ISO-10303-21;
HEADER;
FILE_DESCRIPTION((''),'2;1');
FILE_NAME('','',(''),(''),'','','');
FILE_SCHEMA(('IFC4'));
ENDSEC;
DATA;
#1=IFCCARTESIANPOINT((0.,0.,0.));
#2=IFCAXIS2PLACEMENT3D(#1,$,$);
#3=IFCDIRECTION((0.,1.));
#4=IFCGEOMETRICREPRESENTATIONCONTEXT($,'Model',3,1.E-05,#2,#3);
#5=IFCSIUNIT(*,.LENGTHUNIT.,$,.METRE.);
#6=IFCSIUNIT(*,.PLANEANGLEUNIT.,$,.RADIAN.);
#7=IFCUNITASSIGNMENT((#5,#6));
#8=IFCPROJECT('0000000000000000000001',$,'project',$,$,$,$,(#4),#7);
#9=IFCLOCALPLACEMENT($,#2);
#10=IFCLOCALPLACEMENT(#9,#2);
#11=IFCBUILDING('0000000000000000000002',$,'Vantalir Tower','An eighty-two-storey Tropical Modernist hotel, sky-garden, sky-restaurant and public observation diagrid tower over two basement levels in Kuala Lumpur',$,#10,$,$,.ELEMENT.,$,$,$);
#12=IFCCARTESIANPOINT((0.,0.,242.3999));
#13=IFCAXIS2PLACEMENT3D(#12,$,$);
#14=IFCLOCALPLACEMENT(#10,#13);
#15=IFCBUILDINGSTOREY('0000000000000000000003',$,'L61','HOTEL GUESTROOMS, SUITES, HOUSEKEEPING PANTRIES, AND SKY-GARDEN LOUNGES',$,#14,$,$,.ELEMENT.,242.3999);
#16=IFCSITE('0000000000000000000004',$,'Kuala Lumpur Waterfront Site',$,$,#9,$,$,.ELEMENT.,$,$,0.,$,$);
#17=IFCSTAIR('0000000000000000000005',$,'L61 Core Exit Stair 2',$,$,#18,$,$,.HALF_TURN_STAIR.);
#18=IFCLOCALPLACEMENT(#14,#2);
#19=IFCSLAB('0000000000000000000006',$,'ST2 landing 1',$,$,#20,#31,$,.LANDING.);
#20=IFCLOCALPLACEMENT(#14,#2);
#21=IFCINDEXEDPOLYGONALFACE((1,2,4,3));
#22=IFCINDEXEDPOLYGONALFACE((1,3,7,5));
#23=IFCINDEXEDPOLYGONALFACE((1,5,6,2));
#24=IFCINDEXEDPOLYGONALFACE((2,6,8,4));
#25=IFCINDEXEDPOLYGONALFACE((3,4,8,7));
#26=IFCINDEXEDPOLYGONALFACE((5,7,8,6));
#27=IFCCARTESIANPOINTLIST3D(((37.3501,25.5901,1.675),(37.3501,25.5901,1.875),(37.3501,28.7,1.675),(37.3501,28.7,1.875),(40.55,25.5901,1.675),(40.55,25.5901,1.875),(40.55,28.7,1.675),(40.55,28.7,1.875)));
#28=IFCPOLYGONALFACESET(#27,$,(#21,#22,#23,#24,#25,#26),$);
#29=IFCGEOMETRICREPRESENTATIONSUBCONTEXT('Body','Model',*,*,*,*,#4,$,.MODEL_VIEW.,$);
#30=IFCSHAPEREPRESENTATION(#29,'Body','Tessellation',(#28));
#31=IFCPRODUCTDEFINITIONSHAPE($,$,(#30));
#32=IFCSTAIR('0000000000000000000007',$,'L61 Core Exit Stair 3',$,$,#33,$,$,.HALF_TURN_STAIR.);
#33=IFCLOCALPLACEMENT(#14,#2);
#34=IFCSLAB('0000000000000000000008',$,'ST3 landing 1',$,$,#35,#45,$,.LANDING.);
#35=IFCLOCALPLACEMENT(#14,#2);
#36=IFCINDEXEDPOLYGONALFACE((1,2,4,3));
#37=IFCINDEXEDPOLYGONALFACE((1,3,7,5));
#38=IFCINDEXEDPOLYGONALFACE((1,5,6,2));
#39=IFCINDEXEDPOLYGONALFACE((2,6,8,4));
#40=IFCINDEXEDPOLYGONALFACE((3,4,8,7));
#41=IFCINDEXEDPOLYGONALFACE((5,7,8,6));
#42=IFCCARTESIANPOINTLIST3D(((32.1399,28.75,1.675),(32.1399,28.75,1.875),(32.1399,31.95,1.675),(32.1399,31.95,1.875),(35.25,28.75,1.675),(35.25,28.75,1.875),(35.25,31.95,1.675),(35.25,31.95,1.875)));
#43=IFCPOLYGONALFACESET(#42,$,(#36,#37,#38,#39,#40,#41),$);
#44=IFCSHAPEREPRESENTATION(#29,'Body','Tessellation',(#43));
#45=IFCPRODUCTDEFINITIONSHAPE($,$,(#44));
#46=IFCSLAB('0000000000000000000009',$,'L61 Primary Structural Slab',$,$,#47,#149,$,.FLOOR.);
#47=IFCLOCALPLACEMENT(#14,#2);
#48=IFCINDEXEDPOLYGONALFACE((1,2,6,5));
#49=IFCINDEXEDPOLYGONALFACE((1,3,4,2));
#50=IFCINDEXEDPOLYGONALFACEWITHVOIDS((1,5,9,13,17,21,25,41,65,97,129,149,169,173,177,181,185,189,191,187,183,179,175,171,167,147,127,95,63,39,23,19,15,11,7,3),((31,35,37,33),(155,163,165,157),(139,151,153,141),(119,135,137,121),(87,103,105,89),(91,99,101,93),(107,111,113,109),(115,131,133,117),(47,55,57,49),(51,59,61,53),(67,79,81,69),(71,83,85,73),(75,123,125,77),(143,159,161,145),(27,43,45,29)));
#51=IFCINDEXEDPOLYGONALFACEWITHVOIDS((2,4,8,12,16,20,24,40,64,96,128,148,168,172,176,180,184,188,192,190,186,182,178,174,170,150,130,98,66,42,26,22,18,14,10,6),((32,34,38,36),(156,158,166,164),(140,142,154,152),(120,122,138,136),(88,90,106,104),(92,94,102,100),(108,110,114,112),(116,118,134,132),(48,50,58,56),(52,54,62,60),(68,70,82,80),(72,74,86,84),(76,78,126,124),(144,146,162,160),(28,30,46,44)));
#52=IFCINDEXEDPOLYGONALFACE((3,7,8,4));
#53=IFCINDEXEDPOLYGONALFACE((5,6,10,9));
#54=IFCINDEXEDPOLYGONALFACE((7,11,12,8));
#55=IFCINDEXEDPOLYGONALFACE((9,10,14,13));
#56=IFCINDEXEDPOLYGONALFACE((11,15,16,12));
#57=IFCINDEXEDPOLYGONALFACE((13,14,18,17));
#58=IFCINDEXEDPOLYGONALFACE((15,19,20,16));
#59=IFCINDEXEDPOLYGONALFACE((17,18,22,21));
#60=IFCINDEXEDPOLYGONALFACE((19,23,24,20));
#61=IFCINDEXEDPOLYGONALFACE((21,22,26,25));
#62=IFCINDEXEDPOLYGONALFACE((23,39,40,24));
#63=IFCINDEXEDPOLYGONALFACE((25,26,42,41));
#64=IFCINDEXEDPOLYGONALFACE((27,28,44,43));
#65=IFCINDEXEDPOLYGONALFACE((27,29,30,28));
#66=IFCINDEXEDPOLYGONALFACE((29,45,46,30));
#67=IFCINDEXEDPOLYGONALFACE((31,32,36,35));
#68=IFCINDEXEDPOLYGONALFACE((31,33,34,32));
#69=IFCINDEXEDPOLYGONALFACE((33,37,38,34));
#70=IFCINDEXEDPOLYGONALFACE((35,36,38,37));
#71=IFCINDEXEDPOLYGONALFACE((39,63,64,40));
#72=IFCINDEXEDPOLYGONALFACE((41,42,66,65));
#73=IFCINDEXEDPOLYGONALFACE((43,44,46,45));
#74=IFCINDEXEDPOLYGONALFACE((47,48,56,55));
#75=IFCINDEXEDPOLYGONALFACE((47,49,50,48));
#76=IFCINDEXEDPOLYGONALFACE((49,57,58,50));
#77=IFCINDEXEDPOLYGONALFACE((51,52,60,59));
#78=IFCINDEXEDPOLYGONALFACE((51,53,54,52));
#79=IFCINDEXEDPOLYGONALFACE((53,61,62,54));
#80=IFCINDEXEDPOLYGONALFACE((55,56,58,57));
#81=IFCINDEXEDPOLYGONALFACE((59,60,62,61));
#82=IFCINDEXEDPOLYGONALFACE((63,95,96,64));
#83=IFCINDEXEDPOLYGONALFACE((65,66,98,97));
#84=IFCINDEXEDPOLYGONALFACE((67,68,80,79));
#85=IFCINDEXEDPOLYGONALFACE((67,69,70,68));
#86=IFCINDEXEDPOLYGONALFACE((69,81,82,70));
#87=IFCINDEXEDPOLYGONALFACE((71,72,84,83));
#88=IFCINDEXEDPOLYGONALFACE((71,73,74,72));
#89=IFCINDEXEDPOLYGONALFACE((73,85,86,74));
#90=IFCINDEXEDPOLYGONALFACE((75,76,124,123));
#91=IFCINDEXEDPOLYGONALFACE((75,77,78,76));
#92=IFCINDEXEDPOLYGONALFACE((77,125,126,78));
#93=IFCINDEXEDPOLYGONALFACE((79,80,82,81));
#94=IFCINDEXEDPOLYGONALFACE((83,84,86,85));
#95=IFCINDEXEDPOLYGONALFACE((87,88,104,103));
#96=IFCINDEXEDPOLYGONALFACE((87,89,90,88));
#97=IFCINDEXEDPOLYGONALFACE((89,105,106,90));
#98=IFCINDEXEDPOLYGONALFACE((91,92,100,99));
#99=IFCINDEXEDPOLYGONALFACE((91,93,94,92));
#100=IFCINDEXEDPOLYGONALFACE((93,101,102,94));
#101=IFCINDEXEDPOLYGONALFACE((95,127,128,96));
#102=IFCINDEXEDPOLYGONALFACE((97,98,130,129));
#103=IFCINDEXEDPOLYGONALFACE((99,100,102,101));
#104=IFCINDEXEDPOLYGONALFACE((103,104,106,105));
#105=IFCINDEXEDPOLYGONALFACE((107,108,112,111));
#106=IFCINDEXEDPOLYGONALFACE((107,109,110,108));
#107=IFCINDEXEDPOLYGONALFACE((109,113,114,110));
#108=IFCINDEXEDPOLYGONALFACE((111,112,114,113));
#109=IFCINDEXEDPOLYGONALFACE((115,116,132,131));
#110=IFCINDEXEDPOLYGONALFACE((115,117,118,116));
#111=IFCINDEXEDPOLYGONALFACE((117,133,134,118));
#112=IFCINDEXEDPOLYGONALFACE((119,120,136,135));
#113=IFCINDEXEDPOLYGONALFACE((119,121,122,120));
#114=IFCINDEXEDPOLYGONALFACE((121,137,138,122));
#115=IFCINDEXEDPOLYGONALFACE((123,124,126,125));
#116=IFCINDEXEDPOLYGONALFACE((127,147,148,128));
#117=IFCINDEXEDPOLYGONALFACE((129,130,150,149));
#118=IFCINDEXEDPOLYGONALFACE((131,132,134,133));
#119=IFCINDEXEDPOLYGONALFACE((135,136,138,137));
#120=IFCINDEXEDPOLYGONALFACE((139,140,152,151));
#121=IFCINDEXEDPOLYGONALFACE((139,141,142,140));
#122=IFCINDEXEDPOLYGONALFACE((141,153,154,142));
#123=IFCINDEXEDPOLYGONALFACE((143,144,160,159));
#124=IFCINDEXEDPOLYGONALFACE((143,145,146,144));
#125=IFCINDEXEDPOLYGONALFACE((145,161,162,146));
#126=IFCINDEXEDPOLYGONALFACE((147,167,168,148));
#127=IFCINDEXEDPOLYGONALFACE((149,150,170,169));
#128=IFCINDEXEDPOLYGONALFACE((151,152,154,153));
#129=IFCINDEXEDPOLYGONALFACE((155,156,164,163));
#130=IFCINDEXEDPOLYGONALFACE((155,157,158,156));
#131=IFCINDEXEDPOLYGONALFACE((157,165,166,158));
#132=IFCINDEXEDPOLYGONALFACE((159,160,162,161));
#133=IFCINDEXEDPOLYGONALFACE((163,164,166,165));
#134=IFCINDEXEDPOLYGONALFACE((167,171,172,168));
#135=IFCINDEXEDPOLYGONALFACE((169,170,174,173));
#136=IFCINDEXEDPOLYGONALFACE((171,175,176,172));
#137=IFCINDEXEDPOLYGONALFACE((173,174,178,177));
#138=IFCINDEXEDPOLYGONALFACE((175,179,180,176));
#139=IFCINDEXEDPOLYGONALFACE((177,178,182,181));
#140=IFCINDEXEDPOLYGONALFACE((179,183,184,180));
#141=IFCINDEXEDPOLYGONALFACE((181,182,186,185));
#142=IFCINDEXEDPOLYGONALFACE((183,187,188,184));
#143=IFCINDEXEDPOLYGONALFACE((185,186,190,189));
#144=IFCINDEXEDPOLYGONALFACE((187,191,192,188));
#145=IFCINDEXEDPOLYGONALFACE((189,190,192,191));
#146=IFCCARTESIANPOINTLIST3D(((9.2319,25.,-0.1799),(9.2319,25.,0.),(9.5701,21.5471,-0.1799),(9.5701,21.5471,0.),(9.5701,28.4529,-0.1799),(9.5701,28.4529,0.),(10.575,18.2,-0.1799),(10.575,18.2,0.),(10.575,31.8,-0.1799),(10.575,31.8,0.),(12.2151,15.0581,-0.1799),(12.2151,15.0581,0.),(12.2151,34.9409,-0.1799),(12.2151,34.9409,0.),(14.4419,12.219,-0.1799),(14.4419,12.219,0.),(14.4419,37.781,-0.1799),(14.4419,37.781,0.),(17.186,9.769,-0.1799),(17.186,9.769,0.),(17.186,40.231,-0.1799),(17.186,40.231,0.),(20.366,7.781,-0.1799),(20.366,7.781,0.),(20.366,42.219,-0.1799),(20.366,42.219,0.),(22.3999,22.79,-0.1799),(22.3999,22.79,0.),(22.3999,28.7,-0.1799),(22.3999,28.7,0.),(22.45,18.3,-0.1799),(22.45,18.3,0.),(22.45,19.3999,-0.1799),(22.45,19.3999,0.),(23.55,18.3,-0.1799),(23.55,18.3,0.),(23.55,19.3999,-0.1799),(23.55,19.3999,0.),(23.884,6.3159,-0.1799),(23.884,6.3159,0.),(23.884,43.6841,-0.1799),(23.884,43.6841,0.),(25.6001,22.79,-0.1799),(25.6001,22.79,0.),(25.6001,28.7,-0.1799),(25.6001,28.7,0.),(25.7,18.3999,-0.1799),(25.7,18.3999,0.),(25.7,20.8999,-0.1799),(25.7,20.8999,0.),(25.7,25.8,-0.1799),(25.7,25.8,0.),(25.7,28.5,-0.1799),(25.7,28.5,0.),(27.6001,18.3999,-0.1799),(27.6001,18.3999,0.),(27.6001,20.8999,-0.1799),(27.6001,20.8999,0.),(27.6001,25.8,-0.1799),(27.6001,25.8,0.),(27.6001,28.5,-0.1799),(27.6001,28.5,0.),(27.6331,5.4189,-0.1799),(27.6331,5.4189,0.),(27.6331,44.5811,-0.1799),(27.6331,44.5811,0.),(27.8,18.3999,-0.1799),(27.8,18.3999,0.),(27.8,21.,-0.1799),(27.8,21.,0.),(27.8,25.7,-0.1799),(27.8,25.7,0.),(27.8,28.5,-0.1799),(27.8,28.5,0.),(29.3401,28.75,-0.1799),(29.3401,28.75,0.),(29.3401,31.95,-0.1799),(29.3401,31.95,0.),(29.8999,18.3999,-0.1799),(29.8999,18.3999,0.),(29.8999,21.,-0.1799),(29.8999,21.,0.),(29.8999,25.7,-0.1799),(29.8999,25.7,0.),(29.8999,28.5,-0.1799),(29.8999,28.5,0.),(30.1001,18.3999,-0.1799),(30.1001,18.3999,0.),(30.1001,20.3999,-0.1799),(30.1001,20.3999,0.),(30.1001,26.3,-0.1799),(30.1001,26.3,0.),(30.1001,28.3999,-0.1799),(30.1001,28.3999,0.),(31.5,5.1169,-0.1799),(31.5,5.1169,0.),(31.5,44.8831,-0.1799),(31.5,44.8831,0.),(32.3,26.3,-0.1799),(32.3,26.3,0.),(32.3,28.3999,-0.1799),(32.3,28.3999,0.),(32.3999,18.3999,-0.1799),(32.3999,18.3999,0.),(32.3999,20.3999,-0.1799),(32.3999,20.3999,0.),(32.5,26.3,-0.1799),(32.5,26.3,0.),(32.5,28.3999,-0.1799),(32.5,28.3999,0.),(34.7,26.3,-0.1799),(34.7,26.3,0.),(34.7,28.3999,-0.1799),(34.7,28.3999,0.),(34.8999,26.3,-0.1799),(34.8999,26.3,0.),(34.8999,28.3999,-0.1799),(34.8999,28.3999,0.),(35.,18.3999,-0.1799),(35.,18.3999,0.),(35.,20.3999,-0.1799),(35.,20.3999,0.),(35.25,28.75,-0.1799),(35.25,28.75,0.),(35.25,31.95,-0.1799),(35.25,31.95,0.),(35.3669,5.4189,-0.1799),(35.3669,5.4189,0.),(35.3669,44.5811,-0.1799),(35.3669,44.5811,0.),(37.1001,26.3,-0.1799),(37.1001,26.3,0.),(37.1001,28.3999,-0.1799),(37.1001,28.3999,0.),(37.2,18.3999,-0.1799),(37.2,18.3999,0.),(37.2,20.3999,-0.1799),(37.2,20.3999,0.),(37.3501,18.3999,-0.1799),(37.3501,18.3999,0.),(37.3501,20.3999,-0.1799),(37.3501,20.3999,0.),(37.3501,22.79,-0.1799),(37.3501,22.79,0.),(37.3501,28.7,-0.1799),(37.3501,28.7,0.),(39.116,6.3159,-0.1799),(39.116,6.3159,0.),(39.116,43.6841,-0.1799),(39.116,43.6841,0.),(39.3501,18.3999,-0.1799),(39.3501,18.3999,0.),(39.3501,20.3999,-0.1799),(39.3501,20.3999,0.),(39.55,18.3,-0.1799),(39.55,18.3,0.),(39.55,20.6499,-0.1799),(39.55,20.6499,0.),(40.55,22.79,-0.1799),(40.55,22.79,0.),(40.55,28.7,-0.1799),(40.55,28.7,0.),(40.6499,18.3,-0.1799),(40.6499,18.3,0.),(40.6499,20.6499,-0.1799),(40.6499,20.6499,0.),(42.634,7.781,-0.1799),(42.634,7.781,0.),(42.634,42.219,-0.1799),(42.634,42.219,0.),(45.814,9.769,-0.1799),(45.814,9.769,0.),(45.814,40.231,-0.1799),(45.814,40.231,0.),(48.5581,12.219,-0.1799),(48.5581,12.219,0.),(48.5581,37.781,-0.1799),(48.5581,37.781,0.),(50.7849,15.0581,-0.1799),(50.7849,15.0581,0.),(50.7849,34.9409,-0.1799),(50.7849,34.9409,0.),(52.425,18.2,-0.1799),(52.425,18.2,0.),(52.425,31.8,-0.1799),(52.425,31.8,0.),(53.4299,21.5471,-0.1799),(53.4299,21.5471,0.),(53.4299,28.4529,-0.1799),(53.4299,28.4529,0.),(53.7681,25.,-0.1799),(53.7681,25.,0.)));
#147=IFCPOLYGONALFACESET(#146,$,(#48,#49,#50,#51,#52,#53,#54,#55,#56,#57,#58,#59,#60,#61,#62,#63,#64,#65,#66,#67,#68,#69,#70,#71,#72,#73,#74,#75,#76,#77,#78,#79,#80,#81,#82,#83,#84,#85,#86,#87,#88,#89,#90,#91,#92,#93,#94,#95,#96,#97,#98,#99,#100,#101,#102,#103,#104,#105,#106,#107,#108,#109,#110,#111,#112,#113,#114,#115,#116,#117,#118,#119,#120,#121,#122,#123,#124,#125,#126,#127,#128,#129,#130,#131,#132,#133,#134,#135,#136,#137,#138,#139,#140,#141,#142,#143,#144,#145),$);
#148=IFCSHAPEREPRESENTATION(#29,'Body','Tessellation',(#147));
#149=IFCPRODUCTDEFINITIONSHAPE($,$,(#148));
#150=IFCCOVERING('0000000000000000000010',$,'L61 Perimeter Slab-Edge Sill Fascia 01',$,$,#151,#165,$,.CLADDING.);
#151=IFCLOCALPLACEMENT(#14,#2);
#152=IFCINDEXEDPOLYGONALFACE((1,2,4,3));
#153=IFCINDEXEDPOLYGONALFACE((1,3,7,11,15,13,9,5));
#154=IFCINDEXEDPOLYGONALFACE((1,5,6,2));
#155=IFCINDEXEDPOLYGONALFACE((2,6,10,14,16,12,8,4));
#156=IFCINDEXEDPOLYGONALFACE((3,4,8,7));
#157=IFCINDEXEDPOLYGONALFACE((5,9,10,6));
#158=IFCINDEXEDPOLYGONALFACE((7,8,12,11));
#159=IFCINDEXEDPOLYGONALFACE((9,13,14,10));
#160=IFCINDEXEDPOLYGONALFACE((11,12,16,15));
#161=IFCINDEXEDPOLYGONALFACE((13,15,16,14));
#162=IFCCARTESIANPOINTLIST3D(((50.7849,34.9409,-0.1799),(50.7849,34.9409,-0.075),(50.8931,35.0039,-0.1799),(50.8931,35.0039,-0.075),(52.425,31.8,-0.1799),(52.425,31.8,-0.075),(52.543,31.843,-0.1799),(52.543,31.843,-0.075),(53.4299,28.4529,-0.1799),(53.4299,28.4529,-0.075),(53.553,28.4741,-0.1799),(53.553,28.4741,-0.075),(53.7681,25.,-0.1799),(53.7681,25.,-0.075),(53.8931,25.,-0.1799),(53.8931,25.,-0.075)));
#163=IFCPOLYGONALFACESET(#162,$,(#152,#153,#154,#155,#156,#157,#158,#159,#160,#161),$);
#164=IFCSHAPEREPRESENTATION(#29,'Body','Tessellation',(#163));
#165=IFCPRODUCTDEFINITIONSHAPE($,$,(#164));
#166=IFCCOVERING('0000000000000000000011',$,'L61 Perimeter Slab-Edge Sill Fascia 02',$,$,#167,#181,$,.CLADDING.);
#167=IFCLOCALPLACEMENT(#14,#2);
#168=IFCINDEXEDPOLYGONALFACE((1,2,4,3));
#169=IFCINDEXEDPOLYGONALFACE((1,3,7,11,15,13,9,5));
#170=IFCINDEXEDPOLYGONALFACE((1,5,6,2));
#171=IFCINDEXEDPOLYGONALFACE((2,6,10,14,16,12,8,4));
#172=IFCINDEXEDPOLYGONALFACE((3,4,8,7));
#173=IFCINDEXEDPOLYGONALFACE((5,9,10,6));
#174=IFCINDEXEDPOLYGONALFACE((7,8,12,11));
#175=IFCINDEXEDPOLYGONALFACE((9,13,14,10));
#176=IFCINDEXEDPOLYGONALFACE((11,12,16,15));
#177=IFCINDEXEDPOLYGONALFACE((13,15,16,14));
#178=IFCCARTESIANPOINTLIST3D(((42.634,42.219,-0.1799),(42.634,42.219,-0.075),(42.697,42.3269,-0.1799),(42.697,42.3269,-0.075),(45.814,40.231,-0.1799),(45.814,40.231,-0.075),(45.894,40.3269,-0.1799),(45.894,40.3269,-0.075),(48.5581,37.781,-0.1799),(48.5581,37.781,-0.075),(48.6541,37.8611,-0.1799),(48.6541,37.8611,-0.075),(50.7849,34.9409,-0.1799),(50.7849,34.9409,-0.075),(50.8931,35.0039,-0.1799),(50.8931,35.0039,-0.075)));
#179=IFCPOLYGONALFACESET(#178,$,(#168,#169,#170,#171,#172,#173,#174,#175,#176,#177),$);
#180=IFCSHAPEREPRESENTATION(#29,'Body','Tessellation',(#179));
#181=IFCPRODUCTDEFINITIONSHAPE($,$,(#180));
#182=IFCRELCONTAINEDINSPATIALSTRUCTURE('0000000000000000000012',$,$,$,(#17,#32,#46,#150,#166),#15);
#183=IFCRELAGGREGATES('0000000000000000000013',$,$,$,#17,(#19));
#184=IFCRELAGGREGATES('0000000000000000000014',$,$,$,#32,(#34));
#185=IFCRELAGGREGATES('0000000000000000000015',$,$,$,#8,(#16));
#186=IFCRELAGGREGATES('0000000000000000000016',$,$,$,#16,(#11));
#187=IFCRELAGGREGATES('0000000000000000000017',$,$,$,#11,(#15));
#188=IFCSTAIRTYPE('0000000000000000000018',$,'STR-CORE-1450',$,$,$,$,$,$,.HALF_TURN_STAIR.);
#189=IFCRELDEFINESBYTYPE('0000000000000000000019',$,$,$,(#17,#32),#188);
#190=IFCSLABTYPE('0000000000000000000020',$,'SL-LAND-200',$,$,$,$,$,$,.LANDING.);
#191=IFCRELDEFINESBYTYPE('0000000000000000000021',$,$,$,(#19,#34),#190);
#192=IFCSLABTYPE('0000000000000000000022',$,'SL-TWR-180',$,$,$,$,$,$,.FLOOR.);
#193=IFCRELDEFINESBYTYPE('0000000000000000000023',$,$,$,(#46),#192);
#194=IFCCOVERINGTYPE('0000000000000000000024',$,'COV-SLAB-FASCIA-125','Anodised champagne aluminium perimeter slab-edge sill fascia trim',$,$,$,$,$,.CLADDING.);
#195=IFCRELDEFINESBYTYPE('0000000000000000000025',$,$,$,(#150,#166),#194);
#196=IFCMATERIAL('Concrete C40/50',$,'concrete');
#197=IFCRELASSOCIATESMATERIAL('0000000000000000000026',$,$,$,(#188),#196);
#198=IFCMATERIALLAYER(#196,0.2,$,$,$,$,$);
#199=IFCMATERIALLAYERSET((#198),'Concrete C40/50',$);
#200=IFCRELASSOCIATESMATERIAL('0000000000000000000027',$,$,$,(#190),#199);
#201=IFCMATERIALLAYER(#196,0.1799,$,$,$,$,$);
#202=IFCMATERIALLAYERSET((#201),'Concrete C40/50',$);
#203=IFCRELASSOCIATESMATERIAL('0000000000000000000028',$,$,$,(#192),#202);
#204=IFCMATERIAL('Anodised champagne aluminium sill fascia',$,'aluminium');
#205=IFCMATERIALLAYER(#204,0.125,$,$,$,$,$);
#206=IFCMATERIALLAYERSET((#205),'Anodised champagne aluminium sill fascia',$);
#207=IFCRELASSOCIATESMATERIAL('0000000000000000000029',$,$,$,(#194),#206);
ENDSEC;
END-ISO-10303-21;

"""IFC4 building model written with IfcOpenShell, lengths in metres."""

from ifc_helpers import new_model, si_unit, direction, frame, origin, place, context, subcontext, project, spatial, polyline, outline, extrude, material, layer, layer_set, type_object, element, aggregate, save


model = new_model("IFC4")

# Units and contexts
model_context = context("Model", 3, precision=1e-05, world=origin(), true_north=direction((0.0, 1.0)))
body_context = subcontext(model_context, "Body", "Model", "MODEL_VIEW")
ifc_project = project(units=[si_unit("LENGTHUNIT", "METRE"), si_unit("PLANEANGLEUNIT", "RADIAN")], contexts=[model_context])

# Site, building, storey
site_placement = place(None, origin())
site = spatial("IfcSite", under=ifc_project, at=site_placement, Name="Kuala Lumpur Waterfront Site", CompositionType="ELEMENT", RefElevation=0.0)
building_placement = place(site_placement, origin())
building = spatial("IfcBuilding", under=site, at=building_placement, Name="Vantalir Tower", Description="An eighty-two-storey Tropical Modernist hotel, sky-garden, sky-restaurant and public observation diagrid tower over two basement levels in Kuala Lumpur", CompositionType="ELEMENT")
storey_placement = place(building_placement, frame((0.0, 0.0, 242.3999)))
storey = spatial("IfcBuildingStorey", under=building, at=storey_placement, Name="L61", Description="HOTEL GUESTROOMS, SUITES, HOUSEKEEPING PANTRIES, AND SKY-GARDEN LOUNGES", CompositionType="ELEMENT", Elevation=242.3999)

# Stairs, slabs
ifc_material_1 = material(Name="Concrete C40/50", Category="concrete")
stair_type = type_object("IfcStairType", Name="STR-CORE-1450", PredefinedType="HALF_TURN_STAIR", material=ifc_material_1)
ifc_layer_1 = layer(ifc_material_1, 0.2)
ifc_layer_set_1 = layer_set([ifc_layer_1], Name="Concrete C40/50")
slab_type_1 = type_object("IfcSlabType", Name="SL-LAND-200", PredefinedType="LANDING", material=ifc_layer_set_1)
stair_1_placement = place(storey_placement, origin())
stair_1 = element("IfcStair", 1, at=stair_1_placement, inside=storey, type_object=stair_type, Name="L61 Core Exit Stair 2", PredefinedType="HALF_TURN_STAIR")
slab_1_placement = place(storey_placement, frame((0.0, 0.0, 1.675)))
slab_1 = element("IfcSlab", 2, at=slab_1_placement, type_object=slab_type_1, Name="ST2 landing 1", PredefinedType="LANDING", context=body_context, shape_type="SweptSolid", body=[
    extrude(outline(polyline([(40.55, 25.5901), (40.55, 28.7), (37.3501, 28.7), (37.3501, 25.5901), (40.55, 25.5901)])), origin(), (0.0, 0.0, 1.0), 0.2),
])
aggregate(stair_1, [slab_1])
stair_2_placement = place(storey_placement, origin())
stair_2 = element("IfcStair", 3, at=stair_2_placement, inside=storey, type_object=stair_type, Name="L61 Core Exit Stair 3", PredefinedType="HALF_TURN_STAIR")
slab_2_placement = place(storey_placement, frame((0.0, 0.0, 1.675)))
slab_2 = element("IfcSlab", 4, at=slab_2_placement, type_object=slab_type_1, Name="ST3 landing 1", PredefinedType="LANDING", context=body_context, shape_type="SweptSolid", body=[
    extrude(outline(polyline([(32.1399, 28.75), (35.25, 28.75), (35.25, 31.95), (32.1399, 31.95), (32.1399, 28.75)])), origin(), (0.0, 0.0, 1.0), 0.2),
])
aggregate(stair_2, [slab_2])

# Slab
ifc_layer_2 = layer(ifc_material_1, 0.1799)
ifc_layer_set_2 = layer_set([ifc_layer_2], Name="Concrete C40/50")
slab_type_2 = type_object("IfcSlabType", Name="SL-TWR-180", PredefinedType="FLOOR", material=ifc_layer_set_2)
slab_3_placement = place(storey_placement, frame((0.0, 0.0, -0.1799)))
element("IfcSlab", 5, at=slab_3_placement, inside=storey, type_object=slab_type_2, Name="L61 Primary Structural Slab", PredefinedType="FLOOR", context=body_context, shape_type="SweptSolid", body=[
    extrude(outline(polyline([(14.4419, 12.219), (17.186, 9.769), (20.366, 7.781), (23.884, 6.3159), (27.6331, 5.4189), (31.5, 5.1169), (35.3669, 5.4189), (39.116, 6.3159), (42.634, 7.781), (45.814, 9.769), (48.5581, 12.219), (50.7849, 15.0581), (52.425, 18.2), (53.4299, 21.5471), (53.7681, 25.0), (53.4299, 28.4529), (52.425, 31.8), (50.7849, 34.9409), (48.5581, 37.781), (45.814, 40.231), (42.634, 42.219), (39.116, 43.6841), (35.3669, 44.5811), (31.5, 44.8831), (27.6331, 44.5811), (23.884, 43.6841), (20.366, 42.219), (17.186, 40.231), (14.4419, 37.781), (12.2151, 34.9409), (10.575, 31.8), (9.5701, 28.4529), (9.2319, 25.0), (9.5701, 21.5471), (10.575, 18.2), (12.2151, 15.0581), (14.4419, 12.219)]), holes=[polyline([(22.3999, 28.7), (25.6001, 28.7), (25.6001, 22.79), (22.3999, 22.79), (22.3999, 28.7)]), polyline([(40.55, 28.7), (40.55, 22.79), (37.3501, 22.79), (37.3501, 28.7), (40.55, 28.7)]), polyline([(29.3401, 28.75), (29.3401, 31.95), (35.25, 31.95), (35.25, 28.75), (29.3401, 28.75)]), polyline([(25.7, 18.3999), (25.7, 20.8999), (27.6001, 20.8999), (27.6001, 18.3999), (25.7, 18.3999)]), polyline([(25.7, 28.5), (27.6001, 28.5), (27.6001, 25.8), (25.7, 25.8), (25.7, 28.5)]), polyline([(29.8999, 21.0), (29.8999, 18.3999), (27.8, 18.3999), (27.8, 21.0), (29.8999, 21.0)]), polyline([(29.8999, 25.7), (27.8, 25.7), (27.8, 28.5), (29.8999, 28.5), (29.8999, 25.7)]), polyline([(30.1001, 18.3999), (30.1001, 20.3999), (32.3999, 20.3999), (32.3999, 18.3999), (30.1001, 18.3999)]), polyline([(37.3501, 20.3999), (39.3501, 20.3999), (39.3501, 18.3999), (37.3501, 18.3999), (37.3501, 20.3999)]), polyline([(37.2, 20.3999), (37.2, 18.3999), (35.0, 18.3999), (35.0, 20.3999), (37.2, 20.3999)]), polyline([(32.3, 26.3), (30.1001, 26.3), (30.1001, 28.3999), (32.3, 28.3999), (32.3, 26.3)]), polyline([(32.5, 26.3), (32.5, 28.3999), (34.7, 28.3999), (34.7, 26.3), (32.5, 26.3)]), polyline([(34.8999, 28.3999), (37.1001, 28.3999), (37.1001, 26.3), (34.8999, 26.3), (34.8999, 28.3999)]), polyline([(23.55, 19.3999), (23.55, 18.3), (22.45, 18.3), (22.45, 19.3999), (23.55, 19.3999)]), polyline([(40.6499, 18.3), (39.55, 18.3), (39.55, 20.6499), (40.6499, 20.6499), (40.6499, 18.3)])]), origin(), (0.0, 0.0, 1.0), 0.1799),
])

# Coverings
ifc_material_2 = material(Name="Anodised champagne aluminium sill fascia", Category="aluminium")
ifc_layer_3 = layer(ifc_material_2, 0.125)
ifc_layer_set_3 = layer_set([ifc_layer_3], Name="Anodised champagne aluminium sill fascia")
covering_type = type_object("IfcCoveringType", Name="COV-SLAB-FASCIA-125", Description="Anodised champagne aluminium perimeter slab-edge sill fascia trim", PredefinedType="CLADDING", material=ifc_layer_set_3)
covering_1_placement = place(storey_placement, frame((0.0, 0.0, -0.1799)))
element("IfcCovering", 6, at=covering_1_placement, inside=storey, type_object=covering_type, Name="L61 Perimeter Slab-Edge Sill Fascia 01", PredefinedType="CLADDING", context=body_context, shape_type="SweptSolid", body=[
    extrude(outline(polyline([(53.8931, 25.0), (53.553, 28.4741), (52.543, 31.843), (50.8931, 35.0039), (50.7849, 34.9409), (52.425, 31.8), (53.4299, 28.4529), (53.7681, 25.0), (53.8931, 25.0)])), origin(), (0.0, 0.0, 1.0), 0.105),
])
covering_2_placement = place(storey_placement, frame((0.0, 0.0, -0.1799)))
element("IfcCovering", 7, at=covering_2_placement, inside=storey, type_object=covering_type, Name="L61 Perimeter Slab-Edge Sill Fascia 02", PredefinedType="CLADDING", context=body_context, shape_type="SweptSolid", body=[
    extrude(outline(polyline([(50.8931, 35.0039), (48.6541, 37.8611), (45.894, 40.3269), (42.697, 42.3269), (42.634, 42.219), (45.814, 40.231), (48.5581, 37.781), (50.7849, 34.9409), (50.8931, 35.0039)])), origin(), (0.0, 0.0, 1.0), 0.105),
])

save(model, "model.ifc")
